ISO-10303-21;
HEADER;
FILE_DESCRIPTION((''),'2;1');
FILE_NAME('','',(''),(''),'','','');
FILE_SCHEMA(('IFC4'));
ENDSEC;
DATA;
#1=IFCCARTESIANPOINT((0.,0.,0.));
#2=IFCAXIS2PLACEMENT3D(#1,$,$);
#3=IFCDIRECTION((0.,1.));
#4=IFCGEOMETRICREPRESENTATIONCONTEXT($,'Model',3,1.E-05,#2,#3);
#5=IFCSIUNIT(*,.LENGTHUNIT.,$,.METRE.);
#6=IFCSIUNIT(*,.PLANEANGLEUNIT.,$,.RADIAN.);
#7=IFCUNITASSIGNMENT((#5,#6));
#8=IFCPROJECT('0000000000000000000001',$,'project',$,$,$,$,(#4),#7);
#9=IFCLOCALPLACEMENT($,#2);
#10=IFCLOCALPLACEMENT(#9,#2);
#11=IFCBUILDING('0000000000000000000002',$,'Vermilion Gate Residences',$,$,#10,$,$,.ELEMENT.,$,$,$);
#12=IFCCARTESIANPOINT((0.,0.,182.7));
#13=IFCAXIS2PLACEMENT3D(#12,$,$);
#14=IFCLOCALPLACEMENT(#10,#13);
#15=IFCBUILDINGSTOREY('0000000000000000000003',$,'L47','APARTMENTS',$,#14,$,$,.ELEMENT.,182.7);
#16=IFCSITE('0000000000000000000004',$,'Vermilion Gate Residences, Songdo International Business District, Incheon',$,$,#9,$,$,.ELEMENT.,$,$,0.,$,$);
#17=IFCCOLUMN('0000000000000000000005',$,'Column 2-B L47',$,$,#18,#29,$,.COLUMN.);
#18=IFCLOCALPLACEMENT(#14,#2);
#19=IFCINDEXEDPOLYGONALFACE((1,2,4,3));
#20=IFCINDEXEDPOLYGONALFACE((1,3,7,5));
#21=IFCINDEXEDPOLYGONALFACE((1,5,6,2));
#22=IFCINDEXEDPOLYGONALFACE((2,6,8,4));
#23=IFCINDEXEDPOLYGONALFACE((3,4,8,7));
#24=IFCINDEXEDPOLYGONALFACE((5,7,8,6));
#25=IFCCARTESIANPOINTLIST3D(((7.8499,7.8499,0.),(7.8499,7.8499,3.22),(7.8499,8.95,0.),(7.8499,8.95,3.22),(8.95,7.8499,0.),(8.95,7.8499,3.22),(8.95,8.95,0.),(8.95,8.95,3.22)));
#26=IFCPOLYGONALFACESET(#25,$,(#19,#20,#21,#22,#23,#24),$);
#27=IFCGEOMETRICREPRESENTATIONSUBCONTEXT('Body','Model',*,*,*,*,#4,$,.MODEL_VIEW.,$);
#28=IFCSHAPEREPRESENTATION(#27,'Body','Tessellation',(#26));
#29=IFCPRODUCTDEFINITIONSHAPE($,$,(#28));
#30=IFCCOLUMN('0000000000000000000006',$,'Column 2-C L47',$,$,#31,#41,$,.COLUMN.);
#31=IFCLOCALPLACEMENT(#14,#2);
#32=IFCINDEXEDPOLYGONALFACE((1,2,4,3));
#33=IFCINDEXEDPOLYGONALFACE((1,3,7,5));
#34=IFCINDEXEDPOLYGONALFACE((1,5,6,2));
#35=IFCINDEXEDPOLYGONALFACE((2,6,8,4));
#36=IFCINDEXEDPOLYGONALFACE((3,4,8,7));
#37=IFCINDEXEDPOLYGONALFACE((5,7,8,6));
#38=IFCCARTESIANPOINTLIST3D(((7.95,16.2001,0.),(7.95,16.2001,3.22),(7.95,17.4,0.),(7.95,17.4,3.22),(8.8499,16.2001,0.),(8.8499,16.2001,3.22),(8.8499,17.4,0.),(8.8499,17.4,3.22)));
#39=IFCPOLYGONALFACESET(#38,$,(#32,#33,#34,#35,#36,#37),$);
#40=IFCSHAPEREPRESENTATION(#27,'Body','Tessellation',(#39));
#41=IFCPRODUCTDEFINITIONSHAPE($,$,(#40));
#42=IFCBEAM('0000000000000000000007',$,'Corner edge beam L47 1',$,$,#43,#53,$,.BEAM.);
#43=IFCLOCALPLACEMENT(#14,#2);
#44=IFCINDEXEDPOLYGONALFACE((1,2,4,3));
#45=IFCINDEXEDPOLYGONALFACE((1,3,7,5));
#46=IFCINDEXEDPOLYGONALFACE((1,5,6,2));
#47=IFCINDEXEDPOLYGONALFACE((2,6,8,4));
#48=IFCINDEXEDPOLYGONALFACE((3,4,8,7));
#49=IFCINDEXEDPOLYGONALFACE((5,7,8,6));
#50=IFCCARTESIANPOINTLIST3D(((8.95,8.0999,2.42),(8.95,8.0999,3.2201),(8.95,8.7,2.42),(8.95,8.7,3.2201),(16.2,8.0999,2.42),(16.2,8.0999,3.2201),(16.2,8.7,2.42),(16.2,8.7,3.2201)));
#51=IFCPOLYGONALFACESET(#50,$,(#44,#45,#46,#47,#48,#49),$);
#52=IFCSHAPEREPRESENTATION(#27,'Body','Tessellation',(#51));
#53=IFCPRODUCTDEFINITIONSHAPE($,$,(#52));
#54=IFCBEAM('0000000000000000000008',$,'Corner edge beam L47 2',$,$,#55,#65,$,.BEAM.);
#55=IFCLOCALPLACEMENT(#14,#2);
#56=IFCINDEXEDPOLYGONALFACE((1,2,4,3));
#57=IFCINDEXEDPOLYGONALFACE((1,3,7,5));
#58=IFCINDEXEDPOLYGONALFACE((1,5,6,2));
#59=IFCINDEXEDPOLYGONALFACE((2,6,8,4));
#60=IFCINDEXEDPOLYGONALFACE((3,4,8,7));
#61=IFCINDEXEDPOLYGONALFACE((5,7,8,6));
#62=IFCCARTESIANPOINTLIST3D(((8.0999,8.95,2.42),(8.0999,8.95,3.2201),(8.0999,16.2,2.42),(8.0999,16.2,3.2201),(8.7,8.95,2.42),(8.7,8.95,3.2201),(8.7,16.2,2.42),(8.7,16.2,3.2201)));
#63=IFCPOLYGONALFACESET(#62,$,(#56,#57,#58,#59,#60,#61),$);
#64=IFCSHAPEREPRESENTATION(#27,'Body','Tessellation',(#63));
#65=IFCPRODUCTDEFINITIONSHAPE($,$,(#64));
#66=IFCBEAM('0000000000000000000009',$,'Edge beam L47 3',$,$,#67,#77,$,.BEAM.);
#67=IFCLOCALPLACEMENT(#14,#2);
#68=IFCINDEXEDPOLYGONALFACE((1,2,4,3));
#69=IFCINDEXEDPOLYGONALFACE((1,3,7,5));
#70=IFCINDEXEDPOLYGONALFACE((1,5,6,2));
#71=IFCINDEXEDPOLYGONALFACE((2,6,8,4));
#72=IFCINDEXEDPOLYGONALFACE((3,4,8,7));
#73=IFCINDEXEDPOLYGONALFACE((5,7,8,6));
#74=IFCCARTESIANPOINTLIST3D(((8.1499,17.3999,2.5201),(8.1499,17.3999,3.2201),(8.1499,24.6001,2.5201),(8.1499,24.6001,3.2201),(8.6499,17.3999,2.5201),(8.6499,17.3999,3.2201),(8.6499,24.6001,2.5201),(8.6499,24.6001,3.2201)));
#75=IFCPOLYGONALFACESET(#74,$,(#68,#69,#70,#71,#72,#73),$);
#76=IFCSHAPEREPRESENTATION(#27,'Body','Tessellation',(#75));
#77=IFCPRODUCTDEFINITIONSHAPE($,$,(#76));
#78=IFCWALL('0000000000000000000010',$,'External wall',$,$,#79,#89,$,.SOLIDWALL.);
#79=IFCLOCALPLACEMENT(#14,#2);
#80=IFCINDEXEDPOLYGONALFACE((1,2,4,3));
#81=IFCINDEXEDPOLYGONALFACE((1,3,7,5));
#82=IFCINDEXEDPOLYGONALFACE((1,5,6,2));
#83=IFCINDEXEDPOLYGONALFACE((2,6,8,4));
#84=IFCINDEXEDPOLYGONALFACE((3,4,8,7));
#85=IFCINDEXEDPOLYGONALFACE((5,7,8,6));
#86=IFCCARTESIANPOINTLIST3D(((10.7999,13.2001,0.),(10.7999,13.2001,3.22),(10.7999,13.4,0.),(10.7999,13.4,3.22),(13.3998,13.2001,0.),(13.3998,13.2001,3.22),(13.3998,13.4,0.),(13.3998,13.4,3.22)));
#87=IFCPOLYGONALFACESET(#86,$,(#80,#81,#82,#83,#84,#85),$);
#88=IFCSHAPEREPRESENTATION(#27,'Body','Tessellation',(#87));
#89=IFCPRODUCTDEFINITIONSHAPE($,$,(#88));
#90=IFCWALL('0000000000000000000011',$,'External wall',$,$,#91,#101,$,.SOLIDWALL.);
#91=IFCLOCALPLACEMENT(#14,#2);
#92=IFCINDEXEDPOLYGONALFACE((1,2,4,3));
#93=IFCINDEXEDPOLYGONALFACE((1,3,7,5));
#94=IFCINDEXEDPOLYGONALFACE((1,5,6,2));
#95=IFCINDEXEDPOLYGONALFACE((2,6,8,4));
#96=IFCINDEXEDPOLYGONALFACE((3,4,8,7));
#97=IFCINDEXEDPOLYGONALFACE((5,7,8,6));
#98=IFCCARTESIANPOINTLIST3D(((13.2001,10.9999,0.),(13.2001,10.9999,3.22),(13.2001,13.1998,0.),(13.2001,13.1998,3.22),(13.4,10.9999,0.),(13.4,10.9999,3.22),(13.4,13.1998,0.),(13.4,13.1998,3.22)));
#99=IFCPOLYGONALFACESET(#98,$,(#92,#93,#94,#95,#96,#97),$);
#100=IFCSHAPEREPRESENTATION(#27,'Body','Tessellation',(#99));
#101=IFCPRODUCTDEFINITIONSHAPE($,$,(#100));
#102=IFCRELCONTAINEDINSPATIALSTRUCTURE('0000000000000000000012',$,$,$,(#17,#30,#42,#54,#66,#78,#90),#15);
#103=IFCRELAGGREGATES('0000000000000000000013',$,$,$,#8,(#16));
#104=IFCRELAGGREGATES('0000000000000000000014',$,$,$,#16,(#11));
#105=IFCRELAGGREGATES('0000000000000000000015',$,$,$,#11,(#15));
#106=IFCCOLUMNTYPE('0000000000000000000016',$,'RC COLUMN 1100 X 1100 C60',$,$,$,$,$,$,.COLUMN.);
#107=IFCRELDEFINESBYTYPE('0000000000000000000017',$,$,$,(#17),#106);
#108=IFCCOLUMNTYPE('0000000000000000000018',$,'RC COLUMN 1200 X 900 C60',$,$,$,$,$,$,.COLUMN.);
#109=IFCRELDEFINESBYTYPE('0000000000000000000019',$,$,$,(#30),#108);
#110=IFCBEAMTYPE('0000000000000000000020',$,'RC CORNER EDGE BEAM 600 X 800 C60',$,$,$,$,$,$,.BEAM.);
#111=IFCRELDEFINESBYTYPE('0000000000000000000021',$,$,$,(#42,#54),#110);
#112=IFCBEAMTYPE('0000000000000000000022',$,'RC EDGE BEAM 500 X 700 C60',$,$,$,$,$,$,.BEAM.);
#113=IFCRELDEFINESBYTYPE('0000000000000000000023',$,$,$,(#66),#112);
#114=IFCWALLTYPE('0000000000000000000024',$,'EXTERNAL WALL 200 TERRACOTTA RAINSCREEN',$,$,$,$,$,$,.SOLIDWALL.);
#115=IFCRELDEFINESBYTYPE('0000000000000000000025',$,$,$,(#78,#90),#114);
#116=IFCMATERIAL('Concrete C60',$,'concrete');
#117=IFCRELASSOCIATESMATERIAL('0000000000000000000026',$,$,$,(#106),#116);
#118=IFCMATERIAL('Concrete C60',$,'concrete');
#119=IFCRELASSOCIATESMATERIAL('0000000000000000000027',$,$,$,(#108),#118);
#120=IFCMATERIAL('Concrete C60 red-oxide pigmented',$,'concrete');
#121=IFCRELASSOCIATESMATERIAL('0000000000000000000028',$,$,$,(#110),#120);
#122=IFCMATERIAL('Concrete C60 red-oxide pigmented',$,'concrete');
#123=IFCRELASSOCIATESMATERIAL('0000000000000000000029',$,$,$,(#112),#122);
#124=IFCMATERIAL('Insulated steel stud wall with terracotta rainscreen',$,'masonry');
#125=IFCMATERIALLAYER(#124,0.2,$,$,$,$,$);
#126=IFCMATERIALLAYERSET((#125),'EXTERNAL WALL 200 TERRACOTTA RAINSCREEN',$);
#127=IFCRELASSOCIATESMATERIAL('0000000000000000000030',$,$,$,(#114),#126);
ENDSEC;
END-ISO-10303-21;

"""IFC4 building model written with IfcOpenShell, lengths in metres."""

from ifc_helpers import new_model, si_unit, direction, frame, frame_2d, origin, origin_2d, place, context, subcontext, project, spatial, rectangle, extrude, material, layer, layer_set, material_profile, profile_set, type_object, element, save


model = new_model("IFC4")

# Units and contexts
model_context = context("Model", 3, precision=1e-05, world=origin(), true_north=direction((0.0, 1.0)))
body_context = subcontext(model_context, "Body", "Model", "MODEL_VIEW")
ifc_project = project(units=[si_unit("LENGTHUNIT", "METRE"), si_unit("PLANEANGLEUNIT", "RADIAN")], contexts=[model_context])

# Site, building, storey
site_placement = place(None, origin())
site = spatial("IfcSite", under=ifc_project, at=site_placement, Name="Vermilion Gate Residences, Songdo International Business District, Incheon", CompositionType="ELEMENT", RefElevation=0.0)
building_placement = place(site_placement, origin())
building = spatial("IfcBuilding", under=site, at=building_placement, Name="Vermilion Gate Residences", CompositionType="ELEMENT")
storey_placement = place(building_placement, frame((0.0, 0.0, 182.7)))
storey = spatial("IfcBuildingStorey", under=building, at=storey_placement, Name="L47", Description="APARTMENTS", CompositionType="ELEMENT", Elevation=182.7)

# Columns
ifc_material_1 = material(Name="Concrete C60", Category="concrete")
ifc_material_profile_1 = material_profile(ifc_material_1, rectangle(XDim=1.1001, YDim=1.1001, at=origin_2d()), Name="RC-1100x1100")
ifc_profile_set_1 = profile_set([ifc_material_profile_1], Name="Concrete C60")
column_type_1 = type_object("IfcColumnType", Name="RC COLUMN 1100 X 1100 C60", PredefinedType="COLUMN", material=ifc_profile_set_1)
column_1_placement = place(storey_placement, frame((8.3999, 8.3999, 0.0), z_axis=(0.0, 0.0, 1.0), x_axis=(1.0, 0.0, 0.0)))
element("IfcColumn", 1, at=column_1_placement, inside=storey, type_object=column_type_1, Name="Column 2-B L47", PredefinedType="COLUMN", context=body_context, shape_type="SweptSolid", body=[
    extrude(rectangle(XDim=1.1001, YDim=1.1001, at=origin_2d()), origin(), (0.0, 0.0, 1.0), 3.22),
])
ifc_material_2 = material(Name="Concrete C60", Category="concrete")
ifc_material_profile_2 = material_profile(ifc_material_2, rectangle(XDim=1.2, YDim=0.8999, at=origin_2d()), Name="RC-1200x900")
ifc_profile_set_2 = profile_set([ifc_material_profile_2], Name="Concrete C60")
column_type_2 = type_object("IfcColumnType", Name="RC COLUMN 1200 X 900 C60", PredefinedType="COLUMN", material=ifc_profile_set_2)
column_2_placement = place(storey_placement, frame((8.3999, 16.8, 0.0), z_axis=(0.0, 0.0, 1.0), x_axis=(0.0, 1.0, 0.0)))
element("IfcColumn", 2, at=column_2_placement, inside=storey, type_object=column_type_2, Name="Column 2-C L47", PredefinedType="COLUMN", context=body_context, shape_type="SweptSolid", body=[
    extrude(rectangle(XDim=1.2, YDim=0.8999, at=origin_2d()), origin(), (0.0, 0.0, 1.0), 3.22),
])

# Beams
ifc_material_3 = material(Name="Concrete C60 red-oxide pigmented", Category="concrete")
ifc_material_profile_3 = material_profile(ifc_material_3, rectangle(XDim=0.6001, YDim=0.8, at=origin_2d()), Name="RC-600x800")
ifc_profile_set_3 = profile_set([ifc_material_profile_3], Name="Concrete C60 red-oxide pigmented")
beam_type_1 = type_object("IfcBeamType", Name="RC CORNER EDGE BEAM 600 X 800 C60", PredefinedType="BEAM", material=ifc_profile_set_3)
for number, where, z_axis, x_axis, name in (
    (3, (8.95, 8.3999, 2.8201), (1.0, 0.0, 0.0), (0.0, 1.0, 0.0), "Corner edge beam L47 1"),
    (4, (8.3999, 8.95, 2.8201), (0.0, 1.0, 0.0), (-1.0, 0.0, 0.0), "Corner edge beam L47 2"),
):
    element("IfcBeam", number, at=place(storey_placement, frame(where, z_axis=z_axis, x_axis=x_axis)), inside=storey, type_object=beam_type_1, Name=name, PredefinedType="BEAM", context=body_context, shape_type="SweptSolid", body=[
        extrude(rectangle(XDim=0.6001, YDim=0.8, at=origin_2d()), origin(), (0.0, 0.0, 1.0), 7.25),
    ])
ifc_material_4 = material(Name="Concrete C60 red-oxide pigmented", Category="concrete")
ifc_material_profile_4 = material_profile(ifc_material_4, rectangle(XDim=0.5, YDim=0.7, at=origin_2d()), Name="RC-500x700")
ifc_profile_set_4 = profile_set([ifc_material_profile_4], Name="Concrete C60 red-oxide pigmented")
beam_type_2 = type_object("IfcBeamType", Name="RC EDGE BEAM 500 X 700 C60", PredefinedType="BEAM", material=ifc_profile_set_4)
beam_placement = place(storey_placement, frame((8.3999, 17.3999, 2.8701), z_axis=(0.0, 1.0, 0.0), x_axis=(-1.0, 0.0, 0.0)))
element("IfcBeam", 5, at=beam_placement, inside=storey, type_object=beam_type_2, Name="Edge beam L47 3", PredefinedType="BEAM", context=body_context, shape_type="SweptSolid", body=[
    extrude(rectangle(XDim=0.5, YDim=0.7, at=origin_2d()), origin(), (0.0, 0.0, 1.0), 7.2002),
])

# Walls
ifc_material_5 = material(Name="Insulated steel stud wall with terracotta rainscreen", Category="masonry")
ifc_layer_1 = layer(ifc_material_5, 0.2)
ifc_layer_set_1 = layer_set([ifc_layer_1], Name="EXTERNAL WALL 200 TERRACOTTA RAINSCREEN")
wall_type_1 = type_object("IfcWallType", Name="EXTERNAL WALL 200 TERRACOTTA RAINSCREEN", PredefinedType="SOLIDWALL", material=ifc_layer_set_1)
wall_1_placement = place(storey_placement, frame((10.8, 13.3, 0.0), z_axis=(0.0, 0.0, 1.0), x_axis=(1.0, 0.0, 0.0)))
element("IfcWall", 6, at=wall_1_placement, inside=storey, type_object=wall_type_1, Name="External wall", PredefinedType="SOLIDWALL", context=body_context, shape_type="SweptSolid", body=[
    extrude(rectangle(XDim=2.5999, YDim=0.2, at=frame_2d((1.2998, 0.0))), origin(), (0.0, 0.0, 1.0), 3.22),
])
wall_2_placement = place(storey_placement, frame((13.3, 13.2, 0.0), z_axis=(0.0, 0.0, 1.0), x_axis=(0.0, -1.0, 0.0)))
element("IfcWall", 7, at=wall_2_placement, inside=storey, type_object=wall_type_1, Name="External wall", PredefinedType="SOLIDWALL", context=body_context, shape_type="SweptSolid", body=[
    extrude(rectangle(XDim=2.2, YDim=0.2, at=frame_2d((1.1001, 0.0))), origin(), (0.0, 0.0, 1.0), 3.22),
])

save(model, "model.ifc")
